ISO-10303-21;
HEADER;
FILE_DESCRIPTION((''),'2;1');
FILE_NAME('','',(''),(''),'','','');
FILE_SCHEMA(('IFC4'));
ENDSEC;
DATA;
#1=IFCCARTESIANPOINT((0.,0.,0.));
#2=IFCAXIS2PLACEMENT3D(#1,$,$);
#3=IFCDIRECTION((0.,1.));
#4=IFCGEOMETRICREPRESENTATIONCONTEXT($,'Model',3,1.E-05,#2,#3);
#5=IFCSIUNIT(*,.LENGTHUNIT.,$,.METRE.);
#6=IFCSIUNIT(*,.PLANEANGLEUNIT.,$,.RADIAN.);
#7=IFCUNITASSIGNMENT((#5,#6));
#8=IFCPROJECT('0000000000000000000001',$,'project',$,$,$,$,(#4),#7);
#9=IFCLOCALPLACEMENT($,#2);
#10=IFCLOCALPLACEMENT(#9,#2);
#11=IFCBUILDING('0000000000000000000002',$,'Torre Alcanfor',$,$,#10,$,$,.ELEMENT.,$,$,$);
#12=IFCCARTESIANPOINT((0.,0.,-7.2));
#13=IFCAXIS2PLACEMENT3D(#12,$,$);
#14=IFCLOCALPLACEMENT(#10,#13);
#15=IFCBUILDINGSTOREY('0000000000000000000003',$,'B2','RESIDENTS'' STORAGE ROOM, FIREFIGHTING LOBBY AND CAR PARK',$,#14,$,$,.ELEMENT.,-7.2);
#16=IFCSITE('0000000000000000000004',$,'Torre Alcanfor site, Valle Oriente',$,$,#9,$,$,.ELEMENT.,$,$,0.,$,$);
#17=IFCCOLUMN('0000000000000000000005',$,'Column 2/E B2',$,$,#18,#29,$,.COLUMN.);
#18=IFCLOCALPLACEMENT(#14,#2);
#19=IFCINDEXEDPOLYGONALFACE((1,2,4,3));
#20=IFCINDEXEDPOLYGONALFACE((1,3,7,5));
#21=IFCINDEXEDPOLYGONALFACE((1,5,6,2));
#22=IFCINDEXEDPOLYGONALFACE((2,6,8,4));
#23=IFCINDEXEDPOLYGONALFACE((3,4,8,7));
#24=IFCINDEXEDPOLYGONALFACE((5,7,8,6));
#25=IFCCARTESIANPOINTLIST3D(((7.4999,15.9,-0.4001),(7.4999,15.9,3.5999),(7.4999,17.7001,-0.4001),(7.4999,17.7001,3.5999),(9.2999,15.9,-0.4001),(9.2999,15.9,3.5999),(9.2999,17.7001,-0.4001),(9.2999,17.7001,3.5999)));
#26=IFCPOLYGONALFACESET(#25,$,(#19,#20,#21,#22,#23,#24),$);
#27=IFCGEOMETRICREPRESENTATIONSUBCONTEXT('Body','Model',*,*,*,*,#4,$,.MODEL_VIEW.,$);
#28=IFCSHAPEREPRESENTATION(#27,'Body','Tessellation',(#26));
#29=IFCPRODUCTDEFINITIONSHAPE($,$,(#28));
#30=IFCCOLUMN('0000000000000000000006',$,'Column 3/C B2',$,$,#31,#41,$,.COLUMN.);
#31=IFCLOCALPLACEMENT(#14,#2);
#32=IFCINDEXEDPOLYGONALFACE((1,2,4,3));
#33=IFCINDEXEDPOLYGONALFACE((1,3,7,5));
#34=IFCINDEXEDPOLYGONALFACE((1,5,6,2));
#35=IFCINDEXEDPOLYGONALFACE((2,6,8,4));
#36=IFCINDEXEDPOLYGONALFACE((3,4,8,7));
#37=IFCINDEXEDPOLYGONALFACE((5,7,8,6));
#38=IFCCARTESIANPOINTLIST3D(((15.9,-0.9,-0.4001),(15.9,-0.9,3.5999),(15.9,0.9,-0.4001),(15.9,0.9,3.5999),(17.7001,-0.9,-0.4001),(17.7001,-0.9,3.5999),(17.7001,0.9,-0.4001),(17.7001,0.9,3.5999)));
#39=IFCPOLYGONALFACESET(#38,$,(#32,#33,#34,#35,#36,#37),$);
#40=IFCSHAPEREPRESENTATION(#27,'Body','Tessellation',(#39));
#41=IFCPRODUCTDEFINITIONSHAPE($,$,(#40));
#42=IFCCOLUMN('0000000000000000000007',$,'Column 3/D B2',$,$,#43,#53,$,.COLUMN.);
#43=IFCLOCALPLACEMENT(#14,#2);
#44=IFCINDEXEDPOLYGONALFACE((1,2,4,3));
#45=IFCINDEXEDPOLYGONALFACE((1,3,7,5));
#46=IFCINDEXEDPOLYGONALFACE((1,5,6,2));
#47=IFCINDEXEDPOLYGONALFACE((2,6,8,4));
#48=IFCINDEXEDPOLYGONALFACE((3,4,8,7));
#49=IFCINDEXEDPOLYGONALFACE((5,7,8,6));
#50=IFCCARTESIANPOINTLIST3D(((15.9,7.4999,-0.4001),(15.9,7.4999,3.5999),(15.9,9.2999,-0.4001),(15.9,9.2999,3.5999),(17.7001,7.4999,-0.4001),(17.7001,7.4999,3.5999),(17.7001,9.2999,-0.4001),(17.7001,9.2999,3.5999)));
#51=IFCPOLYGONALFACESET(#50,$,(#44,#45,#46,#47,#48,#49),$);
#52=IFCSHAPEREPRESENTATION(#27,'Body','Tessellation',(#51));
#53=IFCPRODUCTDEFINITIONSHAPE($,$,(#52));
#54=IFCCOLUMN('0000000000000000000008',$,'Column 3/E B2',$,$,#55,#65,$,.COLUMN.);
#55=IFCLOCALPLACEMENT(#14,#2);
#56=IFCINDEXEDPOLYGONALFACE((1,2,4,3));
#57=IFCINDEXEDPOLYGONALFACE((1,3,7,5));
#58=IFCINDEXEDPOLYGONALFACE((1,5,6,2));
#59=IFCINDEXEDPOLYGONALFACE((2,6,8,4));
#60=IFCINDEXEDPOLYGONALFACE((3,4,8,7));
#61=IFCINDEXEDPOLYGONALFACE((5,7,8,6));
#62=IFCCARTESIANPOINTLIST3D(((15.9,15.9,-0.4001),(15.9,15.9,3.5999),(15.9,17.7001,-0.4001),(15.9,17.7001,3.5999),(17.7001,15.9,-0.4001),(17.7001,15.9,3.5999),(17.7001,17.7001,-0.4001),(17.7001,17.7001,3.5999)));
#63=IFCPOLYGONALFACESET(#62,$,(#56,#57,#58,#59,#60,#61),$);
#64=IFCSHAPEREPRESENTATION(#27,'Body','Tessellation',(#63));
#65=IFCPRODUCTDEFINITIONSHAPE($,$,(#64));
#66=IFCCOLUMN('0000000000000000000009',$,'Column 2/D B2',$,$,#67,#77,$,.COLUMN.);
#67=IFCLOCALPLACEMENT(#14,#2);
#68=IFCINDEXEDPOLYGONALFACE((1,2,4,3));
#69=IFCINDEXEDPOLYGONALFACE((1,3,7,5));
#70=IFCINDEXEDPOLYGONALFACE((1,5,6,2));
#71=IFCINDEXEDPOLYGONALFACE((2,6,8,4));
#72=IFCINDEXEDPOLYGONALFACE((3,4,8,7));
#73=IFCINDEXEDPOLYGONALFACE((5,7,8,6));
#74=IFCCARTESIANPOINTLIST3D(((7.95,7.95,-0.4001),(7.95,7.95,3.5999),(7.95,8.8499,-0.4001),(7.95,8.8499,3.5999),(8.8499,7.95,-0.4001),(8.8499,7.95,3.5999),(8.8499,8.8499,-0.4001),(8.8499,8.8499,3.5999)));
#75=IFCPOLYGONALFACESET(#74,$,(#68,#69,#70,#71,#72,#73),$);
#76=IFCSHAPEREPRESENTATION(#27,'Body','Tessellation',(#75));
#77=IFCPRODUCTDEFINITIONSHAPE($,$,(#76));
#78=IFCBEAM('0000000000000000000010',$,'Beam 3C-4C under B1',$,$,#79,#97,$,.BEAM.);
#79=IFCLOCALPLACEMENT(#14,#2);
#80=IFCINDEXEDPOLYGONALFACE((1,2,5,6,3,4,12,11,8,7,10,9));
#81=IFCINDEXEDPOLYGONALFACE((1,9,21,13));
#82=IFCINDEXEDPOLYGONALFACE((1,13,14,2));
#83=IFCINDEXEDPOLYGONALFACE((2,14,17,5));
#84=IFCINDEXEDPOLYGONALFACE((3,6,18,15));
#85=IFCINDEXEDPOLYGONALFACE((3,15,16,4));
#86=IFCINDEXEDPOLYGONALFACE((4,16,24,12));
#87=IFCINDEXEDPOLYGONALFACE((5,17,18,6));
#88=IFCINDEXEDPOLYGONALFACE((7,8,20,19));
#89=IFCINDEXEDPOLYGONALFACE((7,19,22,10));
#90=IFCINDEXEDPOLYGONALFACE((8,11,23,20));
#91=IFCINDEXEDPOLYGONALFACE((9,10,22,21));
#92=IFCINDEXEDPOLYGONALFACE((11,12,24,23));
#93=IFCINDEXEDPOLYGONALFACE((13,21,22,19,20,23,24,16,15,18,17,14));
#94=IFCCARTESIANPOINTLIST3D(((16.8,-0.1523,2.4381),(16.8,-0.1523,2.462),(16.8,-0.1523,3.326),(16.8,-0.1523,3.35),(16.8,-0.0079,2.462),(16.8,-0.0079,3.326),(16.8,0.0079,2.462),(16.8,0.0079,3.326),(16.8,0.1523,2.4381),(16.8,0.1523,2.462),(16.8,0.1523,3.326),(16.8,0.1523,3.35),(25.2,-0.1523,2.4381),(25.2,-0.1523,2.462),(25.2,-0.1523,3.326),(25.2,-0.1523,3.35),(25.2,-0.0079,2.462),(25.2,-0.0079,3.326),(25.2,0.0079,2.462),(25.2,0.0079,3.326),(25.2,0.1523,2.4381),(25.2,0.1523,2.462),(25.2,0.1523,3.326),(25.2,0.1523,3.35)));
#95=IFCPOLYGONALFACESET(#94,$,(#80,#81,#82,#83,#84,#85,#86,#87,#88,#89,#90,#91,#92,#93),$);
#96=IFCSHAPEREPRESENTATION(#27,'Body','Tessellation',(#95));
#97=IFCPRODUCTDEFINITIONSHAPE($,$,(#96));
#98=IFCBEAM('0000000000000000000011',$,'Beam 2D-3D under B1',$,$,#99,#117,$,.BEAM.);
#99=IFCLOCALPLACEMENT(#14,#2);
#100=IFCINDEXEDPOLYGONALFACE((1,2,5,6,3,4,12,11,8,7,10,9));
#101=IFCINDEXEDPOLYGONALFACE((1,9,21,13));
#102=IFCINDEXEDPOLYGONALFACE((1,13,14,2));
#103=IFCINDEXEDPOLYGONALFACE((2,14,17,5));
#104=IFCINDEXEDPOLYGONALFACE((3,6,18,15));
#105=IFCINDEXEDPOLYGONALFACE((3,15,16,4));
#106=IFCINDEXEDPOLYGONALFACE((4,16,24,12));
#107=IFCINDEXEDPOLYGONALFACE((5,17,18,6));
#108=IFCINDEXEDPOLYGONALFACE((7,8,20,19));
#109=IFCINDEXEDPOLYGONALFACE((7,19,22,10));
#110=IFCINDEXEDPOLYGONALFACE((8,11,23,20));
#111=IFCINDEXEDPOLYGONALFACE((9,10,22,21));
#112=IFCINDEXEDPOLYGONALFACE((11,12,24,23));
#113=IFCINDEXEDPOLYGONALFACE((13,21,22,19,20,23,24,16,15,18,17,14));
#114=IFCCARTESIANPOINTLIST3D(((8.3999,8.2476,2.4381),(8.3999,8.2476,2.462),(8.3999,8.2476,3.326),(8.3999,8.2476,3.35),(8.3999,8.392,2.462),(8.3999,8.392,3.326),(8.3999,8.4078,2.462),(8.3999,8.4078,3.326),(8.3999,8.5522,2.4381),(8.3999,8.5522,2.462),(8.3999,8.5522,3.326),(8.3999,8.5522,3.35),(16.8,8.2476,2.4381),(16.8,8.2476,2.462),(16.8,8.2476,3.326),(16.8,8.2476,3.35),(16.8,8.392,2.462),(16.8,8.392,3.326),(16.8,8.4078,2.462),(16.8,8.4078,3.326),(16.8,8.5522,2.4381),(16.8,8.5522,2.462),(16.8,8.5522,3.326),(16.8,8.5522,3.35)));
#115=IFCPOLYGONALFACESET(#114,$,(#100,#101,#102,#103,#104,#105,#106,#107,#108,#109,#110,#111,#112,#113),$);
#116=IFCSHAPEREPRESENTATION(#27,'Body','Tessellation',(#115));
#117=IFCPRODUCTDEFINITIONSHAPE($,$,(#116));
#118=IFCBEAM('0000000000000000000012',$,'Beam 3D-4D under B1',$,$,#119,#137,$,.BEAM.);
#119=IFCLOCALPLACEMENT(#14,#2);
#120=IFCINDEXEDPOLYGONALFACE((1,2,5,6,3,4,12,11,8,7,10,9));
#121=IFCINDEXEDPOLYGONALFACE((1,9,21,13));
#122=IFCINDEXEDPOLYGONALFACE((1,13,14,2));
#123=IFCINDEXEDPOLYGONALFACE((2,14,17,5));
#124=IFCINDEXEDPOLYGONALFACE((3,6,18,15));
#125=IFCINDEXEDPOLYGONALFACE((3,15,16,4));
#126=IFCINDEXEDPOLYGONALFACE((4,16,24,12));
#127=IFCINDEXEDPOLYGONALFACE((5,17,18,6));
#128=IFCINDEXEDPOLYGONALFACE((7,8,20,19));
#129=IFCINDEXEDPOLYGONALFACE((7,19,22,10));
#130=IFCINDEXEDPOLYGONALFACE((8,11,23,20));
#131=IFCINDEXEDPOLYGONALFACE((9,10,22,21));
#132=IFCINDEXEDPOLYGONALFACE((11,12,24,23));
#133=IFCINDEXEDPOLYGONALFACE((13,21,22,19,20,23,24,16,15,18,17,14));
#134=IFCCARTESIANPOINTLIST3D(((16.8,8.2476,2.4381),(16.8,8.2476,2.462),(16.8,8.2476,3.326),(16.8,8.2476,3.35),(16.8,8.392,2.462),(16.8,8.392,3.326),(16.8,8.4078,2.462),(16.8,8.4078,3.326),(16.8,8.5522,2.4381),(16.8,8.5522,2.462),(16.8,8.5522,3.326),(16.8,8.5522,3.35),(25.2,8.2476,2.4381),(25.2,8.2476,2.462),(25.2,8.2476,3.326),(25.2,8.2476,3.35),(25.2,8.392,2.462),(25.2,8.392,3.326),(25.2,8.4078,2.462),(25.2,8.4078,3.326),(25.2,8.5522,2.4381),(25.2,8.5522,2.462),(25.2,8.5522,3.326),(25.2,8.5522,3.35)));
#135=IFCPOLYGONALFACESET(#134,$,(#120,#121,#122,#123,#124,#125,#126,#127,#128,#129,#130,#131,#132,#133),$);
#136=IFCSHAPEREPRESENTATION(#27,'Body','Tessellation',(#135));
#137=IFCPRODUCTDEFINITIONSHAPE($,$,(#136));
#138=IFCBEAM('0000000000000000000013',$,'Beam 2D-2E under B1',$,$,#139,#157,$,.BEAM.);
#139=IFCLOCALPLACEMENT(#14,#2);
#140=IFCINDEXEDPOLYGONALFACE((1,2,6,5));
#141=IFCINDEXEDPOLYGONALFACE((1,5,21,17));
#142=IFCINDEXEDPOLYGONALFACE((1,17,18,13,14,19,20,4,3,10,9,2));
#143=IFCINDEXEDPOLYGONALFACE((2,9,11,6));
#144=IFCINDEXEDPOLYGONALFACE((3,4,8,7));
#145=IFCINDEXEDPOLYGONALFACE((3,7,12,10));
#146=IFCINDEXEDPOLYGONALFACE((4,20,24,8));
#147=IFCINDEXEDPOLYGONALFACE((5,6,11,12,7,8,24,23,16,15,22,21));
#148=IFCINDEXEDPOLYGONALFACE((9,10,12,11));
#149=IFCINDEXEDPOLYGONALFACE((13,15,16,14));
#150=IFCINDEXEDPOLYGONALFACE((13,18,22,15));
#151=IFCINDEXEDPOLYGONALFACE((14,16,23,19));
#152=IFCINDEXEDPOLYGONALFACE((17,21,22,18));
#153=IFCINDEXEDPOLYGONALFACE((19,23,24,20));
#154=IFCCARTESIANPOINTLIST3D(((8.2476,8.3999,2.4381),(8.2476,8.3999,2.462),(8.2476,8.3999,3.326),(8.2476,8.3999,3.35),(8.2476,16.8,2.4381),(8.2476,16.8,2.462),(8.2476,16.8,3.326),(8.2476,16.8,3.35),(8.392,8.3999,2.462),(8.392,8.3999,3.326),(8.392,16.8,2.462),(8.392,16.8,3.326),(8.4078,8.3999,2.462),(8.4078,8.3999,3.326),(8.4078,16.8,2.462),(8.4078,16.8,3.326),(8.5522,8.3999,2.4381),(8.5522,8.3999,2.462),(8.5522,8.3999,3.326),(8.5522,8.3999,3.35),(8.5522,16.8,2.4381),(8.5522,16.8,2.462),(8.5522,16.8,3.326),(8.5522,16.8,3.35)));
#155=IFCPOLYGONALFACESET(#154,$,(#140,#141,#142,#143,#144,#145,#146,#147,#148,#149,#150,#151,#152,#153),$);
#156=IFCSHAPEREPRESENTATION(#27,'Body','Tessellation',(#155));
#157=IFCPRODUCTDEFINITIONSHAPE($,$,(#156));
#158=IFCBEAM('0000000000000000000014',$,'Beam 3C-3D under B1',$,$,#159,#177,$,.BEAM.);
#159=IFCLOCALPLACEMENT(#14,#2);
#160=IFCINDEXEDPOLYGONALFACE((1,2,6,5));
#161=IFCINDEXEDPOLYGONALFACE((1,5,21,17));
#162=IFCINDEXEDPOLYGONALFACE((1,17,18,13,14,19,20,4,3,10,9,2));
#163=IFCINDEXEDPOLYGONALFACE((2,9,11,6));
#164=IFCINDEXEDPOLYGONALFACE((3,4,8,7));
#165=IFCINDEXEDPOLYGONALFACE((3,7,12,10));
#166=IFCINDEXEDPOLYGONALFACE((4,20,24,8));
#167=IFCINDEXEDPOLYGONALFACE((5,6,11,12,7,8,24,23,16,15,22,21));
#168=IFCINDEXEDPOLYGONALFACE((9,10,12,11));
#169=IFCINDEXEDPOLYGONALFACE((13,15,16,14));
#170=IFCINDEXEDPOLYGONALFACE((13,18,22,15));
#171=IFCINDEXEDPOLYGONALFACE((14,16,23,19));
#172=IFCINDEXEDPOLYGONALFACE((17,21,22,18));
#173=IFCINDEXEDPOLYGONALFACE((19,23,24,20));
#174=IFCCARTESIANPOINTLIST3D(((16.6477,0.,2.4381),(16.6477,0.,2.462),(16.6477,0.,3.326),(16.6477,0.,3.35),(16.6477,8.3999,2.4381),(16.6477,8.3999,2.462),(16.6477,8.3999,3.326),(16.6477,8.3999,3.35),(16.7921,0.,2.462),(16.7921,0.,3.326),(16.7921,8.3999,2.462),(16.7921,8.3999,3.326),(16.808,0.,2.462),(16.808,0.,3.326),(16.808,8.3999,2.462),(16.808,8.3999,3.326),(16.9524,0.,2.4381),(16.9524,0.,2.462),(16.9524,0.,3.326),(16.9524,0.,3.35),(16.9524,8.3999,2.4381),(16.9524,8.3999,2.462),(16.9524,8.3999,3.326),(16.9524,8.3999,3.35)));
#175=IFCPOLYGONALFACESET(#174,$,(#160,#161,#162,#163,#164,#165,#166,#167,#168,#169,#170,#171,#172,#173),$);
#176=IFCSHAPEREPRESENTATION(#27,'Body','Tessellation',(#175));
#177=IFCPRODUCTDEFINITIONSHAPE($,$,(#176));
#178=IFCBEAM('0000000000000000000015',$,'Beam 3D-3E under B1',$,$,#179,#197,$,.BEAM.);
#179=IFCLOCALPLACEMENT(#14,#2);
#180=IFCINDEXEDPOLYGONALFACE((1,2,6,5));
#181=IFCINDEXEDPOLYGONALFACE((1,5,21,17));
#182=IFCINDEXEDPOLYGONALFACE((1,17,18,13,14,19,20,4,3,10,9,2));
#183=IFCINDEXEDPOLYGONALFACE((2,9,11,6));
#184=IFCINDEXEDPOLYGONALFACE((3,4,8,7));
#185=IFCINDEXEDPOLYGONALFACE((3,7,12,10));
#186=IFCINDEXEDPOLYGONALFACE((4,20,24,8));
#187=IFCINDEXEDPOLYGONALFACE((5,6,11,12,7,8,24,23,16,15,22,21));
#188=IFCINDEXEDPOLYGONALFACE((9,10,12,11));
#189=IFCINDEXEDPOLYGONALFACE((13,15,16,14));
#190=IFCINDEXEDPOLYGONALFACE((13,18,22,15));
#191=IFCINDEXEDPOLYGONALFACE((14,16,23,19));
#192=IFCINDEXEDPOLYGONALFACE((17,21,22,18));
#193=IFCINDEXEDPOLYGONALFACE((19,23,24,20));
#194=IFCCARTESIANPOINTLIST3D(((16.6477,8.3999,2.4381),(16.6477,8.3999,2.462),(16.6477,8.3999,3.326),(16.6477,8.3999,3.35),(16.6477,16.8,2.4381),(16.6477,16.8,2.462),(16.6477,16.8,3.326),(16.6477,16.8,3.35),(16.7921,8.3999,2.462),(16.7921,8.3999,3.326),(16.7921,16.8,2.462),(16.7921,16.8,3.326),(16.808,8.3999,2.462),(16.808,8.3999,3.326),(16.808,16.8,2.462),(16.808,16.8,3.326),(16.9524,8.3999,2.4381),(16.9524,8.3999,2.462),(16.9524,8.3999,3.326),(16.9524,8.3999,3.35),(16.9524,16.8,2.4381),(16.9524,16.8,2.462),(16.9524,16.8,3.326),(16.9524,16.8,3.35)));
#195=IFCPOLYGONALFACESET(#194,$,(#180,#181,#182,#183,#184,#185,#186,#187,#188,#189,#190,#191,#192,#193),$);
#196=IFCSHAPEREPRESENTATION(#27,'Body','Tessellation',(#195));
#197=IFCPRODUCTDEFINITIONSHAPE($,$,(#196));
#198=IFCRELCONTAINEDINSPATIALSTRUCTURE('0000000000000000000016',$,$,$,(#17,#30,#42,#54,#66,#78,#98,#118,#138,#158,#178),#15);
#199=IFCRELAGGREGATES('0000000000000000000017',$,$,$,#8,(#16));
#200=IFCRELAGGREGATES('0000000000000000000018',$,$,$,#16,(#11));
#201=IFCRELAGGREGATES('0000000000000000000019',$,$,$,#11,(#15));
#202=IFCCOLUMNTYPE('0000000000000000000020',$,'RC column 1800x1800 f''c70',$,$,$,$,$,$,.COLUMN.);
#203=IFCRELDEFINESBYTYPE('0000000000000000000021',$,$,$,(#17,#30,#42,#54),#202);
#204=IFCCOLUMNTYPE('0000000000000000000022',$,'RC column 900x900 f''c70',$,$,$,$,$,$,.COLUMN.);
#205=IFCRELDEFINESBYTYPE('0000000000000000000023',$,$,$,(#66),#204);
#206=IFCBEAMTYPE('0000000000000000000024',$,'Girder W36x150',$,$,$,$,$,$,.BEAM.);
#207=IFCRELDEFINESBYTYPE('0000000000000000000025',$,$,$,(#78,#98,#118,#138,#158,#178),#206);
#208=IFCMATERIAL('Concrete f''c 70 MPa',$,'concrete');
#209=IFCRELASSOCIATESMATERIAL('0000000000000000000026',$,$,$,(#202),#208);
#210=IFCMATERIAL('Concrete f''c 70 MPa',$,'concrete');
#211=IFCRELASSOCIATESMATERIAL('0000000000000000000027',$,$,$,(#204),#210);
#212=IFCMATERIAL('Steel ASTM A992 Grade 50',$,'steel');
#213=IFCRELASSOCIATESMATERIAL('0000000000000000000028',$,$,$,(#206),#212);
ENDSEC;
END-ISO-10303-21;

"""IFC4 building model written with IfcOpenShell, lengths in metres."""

from ifc_helpers import new_model, si_unit, direction, frame, origin, origin_2d, place, context, subcontext, project, spatial, rectangle, i_section, extrude, material, material_profile, profile_set, type_object, element, save


model = new_model("IFC4")

# Units and contexts
model_context = context("Model", 3, precision=1e-05, world=origin(), true_north=direction((0.0, 1.0)))
body_context = subcontext(model_context, "Body", "Model", "MODEL_VIEW")
ifc_project = project(units=[si_unit("LENGTHUNIT", "METRE"), si_unit("PLANEANGLEUNIT", "RADIAN")], contexts=[model_context])

# Site, building, storey
site_placement = place(None, origin())
site = spatial("IfcSite", under=ifc_project, at=site_placement, Name="Torre Alcanfor site, Valle Oriente", CompositionType="ELEMENT", RefElevation=0.0)
building_placement = place(site_placement, origin())
building = spatial("IfcBuilding", under=site, at=building_placement, Name="Torre Alcanfor", CompositionType="ELEMENT")
storey_placement = place(building_placement, frame((0.0, 0.0, -7.2)))
storey = spatial("IfcBuildingStorey", under=building, at=storey_placement, Name="B2", Description="RESIDENTS' STORAGE ROOM, FIREFIGHTING LOBBY AND CAR PARK", CompositionType="ELEMENT", Elevation=-7.2)

# Columns
ifc_material_1 = material(Name="Concrete f'c 70 MPa", Category="concrete")
ifc_material_profile_1 = material_profile(ifc_material_1, rectangle(XDim=1.8, YDim=1.8, at=origin_2d()), Name="1800x1800")
ifc_profile_set_1 = profile_set([ifc_material_profile_1], Name="Concrete f'c 70 MPa")
column_type_1 = type_object("IfcColumnType", Name="RC column 1800x1800 f'c70", PredefinedType="COLUMN", material=ifc_profile_set_1)
for number, where, z_axis, x_axis, name in (
    (1, (8.3999, 16.8, -0.4001), (0.0, 0.0, 1.0), (1.0, 0.0, 0.0), "Column 2/E B2"),
    (2, (16.8, 0.0, -0.4001), (0.0, 0.0, 1.0), (1.0, 0.0, 0.0), "Column 3/C B2"),
    (3, (16.8, 8.3999, -0.4001), (0.0, 0.0, 1.0), (1.0, 0.0, 0.0), "Column 3/D B2"),
    (4, (16.8, 16.8, -0.4001), (0.0, 0.0, 1.0), (1.0, 0.0, 0.0), "Column 3/E B2"),
):
    element("IfcColumn", number, at=place(storey_placement, frame(where, z_axis=z_axis, x_axis=x_axis)), inside=storey, type_object=column_type_1, Name=name, PredefinedType="COLUMN", context=body_context, shape_type="SweptSolid", body=[
        extrude(rectangle(XDim=1.8, YDim=1.8, at=origin_2d()), origin(), (0.0, 0.0, 1.0), 4.0),
    ])
ifc_material_2 = material(Name="Concrete f'c 70 MPa", Category="concrete")
ifc_material_profile_2 = material_profile(ifc_material_2, rectangle(XDim=0.8999, YDim=0.8999, at=origin_2d()), Name="900x900")
ifc_profile_set_2 = profile_set([ifc_material_profile_2], Name="Concrete f'c 70 MPa")
column_type_2 = type_object("IfcColumnType", Name="RC column 900x900 f'c70", PredefinedType="COLUMN", material=ifc_profile_set_2)
column_placement = place(storey_placement, frame((8.3999, 8.3999, -0.4001), z_axis=(0.0, 0.0, 1.0), x_axis=(1.0, 0.0, 0.0)))
element("IfcColumn", 5, at=column_placement, inside=storey, type_object=column_type_2, Name="Column 2/D B2", PredefinedType="COLUMN", context=body_context, shape_type="SweptSolid", body=[
    extrude(rectangle(XDim=0.8999, YDim=0.8999, at=origin_2d()), origin(), (0.0, 0.0, 1.0), 4.0),
])

# Beams
ifc_material_3 = material(Name="Steel ASTM A992 Grade 50", Category="steel")
ifc_material_profile_3 = material_profile(ifc_material_3, i_section(OverallWidth=0.3047, OverallDepth=0.9119, WebThickness=0.0159, FlangeThickness=0.0239, at=origin_2d()), Name="W36x150")
ifc_profile_set_3 = profile_set([ifc_material_profile_3], Name="Steel ASTM A992 Grade 50")
beam_type_1 = type_object("IfcBeamType", Name="Girder W36x150", PredefinedType="BEAM", material=ifc_profile_set_3)
beam_1_placement = place(storey_placement, frame((16.8, 0.0, 2.894), z_axis=(1.0, 0.0, 0.0), x_axis=(0.0, 1.0, 0.0)))
element("IfcBeam", 6, at=beam_1_placement, inside=storey, type_object=beam_type_1, Name="Beam 3C-4C under B1", PredefinedType="BEAM", context=body_context, shape_type="SweptSolid", body=[
    extrude(i_section(OverallWidth=0.3047, OverallDepth=0.9119, WebThickness=0.0159, FlangeThickness=0.0239, at=origin_2d()), origin(), (0.0, 0.0, 1.0), 8.3999),
])
beam_2_placement = place(storey_placement, frame((8.3999, 8.3999, 2.894), z_axis=(1.0, 0.0, 0.0), x_axis=(0.0, 1.0, 0.0)))
element("IfcBeam", 7, at=beam_2_placement, inside=storey, type_object=beam_type_1, Name="Beam 2D-3D under B1", PredefinedType="BEAM", context=body_context, shape_type="SweptSolid", body=[
    extrude(i_section(OverallWidth=0.3047, OverallDepth=0.9119, WebThickness=0.0159, FlangeThickness=0.0239, at=origin_2d()), origin(), (0.0, 0.0, 1.0), 8.4001),
])
beam_3_placement = place(storey_placement, frame((16.8, 8.3999, 2.894), z_axis=(1.0, 0.0, 0.0), x_axis=(0.0, 1.0, 0.0)))
element("IfcBeam", 8, at=beam_3_placement, inside=storey, type_object=beam_type_1, Name="Beam 3D-4D under B1", PredefinedType="BEAM", context=body_context, shape_type="SweptSolid", body=[
    extrude(i_section(OverallWidth=0.3047, OverallDepth=0.9119, WebThickness=0.0159, FlangeThickness=0.0239, at=origin_2d()), origin(), (0.0, 0.0, 1.0), 8.3999),
])
beam_4_placement = place(storey_placement, frame((8.3999, 8.3999, 2.894), z_axis=(0.0, 1.0, 0.0), x_axis=(-1.0, 0.0, 0.0)))
element("IfcBeam", 9, at=beam_4_placement, inside=storey, type_object=beam_type_1, Name="Beam 2D-2E under B1", PredefinedType="BEAM", context=body_context, shape_type="SweptSolid", body=[
    extrude(i_section(OverallWidth=0.3047, OverallDepth=0.9119, WebThickness=0.0159, FlangeThickness=0.0239, at=origin_2d()), origin(), (0.0, 0.0, 1.0), 8.4001),
])
beam_5_placement = place(storey_placement, frame((16.8, 0.0, 2.894), z_axis=(0.0, 1.0, 0.0), x_axis=(-1.0, 0.0, 0.0)))
element("IfcBeam", 10, at=beam_5_placement, inside=storey, type_object=beam_type_1, Name="Beam 3C-3D under B1", PredefinedType="BEAM", context=body_context, shape_type="SweptSolid", body=[
    extrude(i_section(OverallWidth=0.3047, OverallDepth=0.9119, WebThickness=0.0159, FlangeThickness=0.0239, at=origin_2d()), origin(), (0.0, 0.0, 1.0), 8.3999),
])
beam_6_placement = place(storey_placement, frame((16.8, 8.3999, 2.894), z_axis=(0.0, 1.0, 0.0), x_axis=(-1.0, 0.0, 0.0)))
element("IfcBeam", 11, at=beam_6_placement, inside=storey, type_object=beam_type_1, Name="Beam 3D-3E under B1", PredefinedType="BEAM", context=body_context, shape_type="SweptSolid", body=[
    extrude(i_section(OverallWidth=0.3047, OverallDepth=0.9119, WebThickness=0.0159, FlangeThickness=0.0239, at=origin_2d()), origin(), (0.0, 0.0, 1.0), 8.4001),
])

save(model, "model.ifc")
